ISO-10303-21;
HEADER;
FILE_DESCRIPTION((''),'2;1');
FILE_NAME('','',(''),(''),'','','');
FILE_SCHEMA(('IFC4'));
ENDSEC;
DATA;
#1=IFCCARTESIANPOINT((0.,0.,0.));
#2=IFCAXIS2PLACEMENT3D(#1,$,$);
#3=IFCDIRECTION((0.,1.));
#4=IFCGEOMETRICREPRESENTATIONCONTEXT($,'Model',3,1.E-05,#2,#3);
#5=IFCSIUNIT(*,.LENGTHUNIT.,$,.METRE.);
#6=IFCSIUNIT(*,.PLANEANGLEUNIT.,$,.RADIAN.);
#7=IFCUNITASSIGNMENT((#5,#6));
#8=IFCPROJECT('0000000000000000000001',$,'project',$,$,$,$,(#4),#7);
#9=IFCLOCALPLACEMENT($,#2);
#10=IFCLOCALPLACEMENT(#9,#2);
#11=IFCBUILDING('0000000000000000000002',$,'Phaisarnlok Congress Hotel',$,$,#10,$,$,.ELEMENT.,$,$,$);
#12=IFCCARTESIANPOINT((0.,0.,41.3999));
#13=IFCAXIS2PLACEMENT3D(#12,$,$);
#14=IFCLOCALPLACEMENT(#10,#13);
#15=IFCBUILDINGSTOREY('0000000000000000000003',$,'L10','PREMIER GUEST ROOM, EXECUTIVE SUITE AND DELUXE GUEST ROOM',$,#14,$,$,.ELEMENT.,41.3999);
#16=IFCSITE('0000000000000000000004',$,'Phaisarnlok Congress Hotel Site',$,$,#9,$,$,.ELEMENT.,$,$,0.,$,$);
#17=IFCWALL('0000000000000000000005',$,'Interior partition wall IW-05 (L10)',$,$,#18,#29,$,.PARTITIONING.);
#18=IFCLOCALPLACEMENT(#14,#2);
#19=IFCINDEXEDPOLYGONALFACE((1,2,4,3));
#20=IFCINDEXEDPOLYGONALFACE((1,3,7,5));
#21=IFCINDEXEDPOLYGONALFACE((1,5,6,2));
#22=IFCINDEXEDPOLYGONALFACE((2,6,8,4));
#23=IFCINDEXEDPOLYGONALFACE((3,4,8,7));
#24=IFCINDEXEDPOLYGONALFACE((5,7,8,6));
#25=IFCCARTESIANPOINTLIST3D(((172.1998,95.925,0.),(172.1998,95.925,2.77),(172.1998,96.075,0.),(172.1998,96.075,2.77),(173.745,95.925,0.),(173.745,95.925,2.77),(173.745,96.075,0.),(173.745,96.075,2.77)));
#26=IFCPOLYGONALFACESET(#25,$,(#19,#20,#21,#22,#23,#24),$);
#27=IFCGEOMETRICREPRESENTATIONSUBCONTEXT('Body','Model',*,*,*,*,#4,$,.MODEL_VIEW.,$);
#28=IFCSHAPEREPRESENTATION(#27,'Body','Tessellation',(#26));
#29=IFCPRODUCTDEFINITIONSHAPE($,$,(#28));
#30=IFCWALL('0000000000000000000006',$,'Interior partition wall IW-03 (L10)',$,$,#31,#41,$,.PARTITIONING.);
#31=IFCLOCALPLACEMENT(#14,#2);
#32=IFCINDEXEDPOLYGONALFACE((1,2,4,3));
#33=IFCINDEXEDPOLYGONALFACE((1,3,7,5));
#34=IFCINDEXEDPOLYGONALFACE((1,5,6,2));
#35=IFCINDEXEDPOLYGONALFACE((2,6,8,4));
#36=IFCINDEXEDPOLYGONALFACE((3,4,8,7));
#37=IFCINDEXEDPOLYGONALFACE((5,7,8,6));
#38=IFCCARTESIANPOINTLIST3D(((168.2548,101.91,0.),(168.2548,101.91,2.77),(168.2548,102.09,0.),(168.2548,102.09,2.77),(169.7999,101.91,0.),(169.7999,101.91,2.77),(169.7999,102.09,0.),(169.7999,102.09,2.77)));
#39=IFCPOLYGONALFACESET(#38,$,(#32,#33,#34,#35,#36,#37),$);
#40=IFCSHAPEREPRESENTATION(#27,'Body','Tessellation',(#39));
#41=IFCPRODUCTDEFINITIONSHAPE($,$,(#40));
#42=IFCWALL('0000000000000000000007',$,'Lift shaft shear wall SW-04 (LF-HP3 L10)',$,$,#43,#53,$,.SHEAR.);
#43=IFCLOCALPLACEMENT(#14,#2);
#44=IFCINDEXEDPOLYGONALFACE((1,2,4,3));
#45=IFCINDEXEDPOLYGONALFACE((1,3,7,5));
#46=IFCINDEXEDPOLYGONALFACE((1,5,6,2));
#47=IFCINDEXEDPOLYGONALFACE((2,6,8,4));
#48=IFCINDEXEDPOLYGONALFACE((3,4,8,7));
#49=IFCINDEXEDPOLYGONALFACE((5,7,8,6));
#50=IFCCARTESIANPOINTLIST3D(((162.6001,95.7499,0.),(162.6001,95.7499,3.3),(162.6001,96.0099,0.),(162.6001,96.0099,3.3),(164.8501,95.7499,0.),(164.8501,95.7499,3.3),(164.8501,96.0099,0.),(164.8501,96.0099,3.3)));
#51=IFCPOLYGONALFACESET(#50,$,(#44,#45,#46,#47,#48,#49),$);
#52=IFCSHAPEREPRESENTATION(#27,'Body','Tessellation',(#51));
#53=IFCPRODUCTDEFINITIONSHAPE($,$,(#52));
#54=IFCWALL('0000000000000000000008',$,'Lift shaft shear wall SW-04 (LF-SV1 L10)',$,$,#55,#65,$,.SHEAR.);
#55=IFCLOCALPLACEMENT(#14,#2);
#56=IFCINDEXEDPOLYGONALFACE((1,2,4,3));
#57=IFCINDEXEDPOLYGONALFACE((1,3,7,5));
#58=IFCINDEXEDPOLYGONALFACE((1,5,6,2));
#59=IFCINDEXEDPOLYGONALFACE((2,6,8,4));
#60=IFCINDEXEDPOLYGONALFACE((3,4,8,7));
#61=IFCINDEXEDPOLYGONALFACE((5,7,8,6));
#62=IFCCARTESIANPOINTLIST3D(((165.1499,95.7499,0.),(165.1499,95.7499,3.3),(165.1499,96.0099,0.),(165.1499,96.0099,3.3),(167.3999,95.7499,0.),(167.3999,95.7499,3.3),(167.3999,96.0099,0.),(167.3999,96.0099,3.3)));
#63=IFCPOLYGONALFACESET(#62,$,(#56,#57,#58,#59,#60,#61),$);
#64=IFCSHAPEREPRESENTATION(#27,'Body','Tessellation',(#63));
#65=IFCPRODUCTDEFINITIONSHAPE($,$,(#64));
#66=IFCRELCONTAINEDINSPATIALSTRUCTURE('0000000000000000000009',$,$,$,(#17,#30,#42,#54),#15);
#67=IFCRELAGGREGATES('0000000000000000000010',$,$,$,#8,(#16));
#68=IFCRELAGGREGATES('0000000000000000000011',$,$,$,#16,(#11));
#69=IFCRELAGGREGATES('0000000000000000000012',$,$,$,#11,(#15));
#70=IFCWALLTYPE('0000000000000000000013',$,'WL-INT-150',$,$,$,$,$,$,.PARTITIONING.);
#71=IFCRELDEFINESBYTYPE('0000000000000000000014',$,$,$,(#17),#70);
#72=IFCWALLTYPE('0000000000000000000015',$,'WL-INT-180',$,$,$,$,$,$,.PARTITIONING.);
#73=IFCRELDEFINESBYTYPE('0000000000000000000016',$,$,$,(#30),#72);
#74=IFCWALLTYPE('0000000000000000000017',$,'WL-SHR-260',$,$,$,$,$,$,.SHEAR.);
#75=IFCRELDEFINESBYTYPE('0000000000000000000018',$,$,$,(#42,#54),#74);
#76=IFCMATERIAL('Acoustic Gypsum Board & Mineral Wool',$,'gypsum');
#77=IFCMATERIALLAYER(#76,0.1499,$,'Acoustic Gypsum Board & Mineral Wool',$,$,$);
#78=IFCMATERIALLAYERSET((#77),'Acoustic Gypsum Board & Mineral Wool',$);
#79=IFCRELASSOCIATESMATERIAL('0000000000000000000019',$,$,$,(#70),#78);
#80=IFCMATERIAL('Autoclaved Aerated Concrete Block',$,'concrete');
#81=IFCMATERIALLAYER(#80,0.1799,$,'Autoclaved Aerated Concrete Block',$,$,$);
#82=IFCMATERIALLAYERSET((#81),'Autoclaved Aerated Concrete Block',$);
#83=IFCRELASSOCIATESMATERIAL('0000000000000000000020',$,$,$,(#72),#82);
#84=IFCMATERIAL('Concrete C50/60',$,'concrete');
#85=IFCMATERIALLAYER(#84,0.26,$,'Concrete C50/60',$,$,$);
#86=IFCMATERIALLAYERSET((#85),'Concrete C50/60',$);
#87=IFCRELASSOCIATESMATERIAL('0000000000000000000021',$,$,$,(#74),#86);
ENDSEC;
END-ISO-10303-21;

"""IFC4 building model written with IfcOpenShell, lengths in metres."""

from ifc_helpers import new_model, si_unit, direction, frame, frame_2d, origin, place, context, subcontext, project, spatial, rectangle, extrude, material, layer, layer_set, type_object, element, save


model = new_model("IFC4")

# Units and contexts
model_context = context("Model", 3, precision=1e-05, world=origin(), true_north=direction((0.0, 1.0)))
body_context = subcontext(model_context, "Body", "Model", "MODEL_VIEW")
ifc_project = project(units=[si_unit("LENGTHUNIT", "METRE"), si_unit("PLANEANGLEUNIT", "RADIAN")], contexts=[model_context])

# Site, building, storey
site_placement = place(None, origin())
site = spatial("IfcSite", under=ifc_project, at=site_placement, Name="Phaisarnlok Congress Hotel Site", CompositionType="ELEMENT", RefElevation=0.0)
building_placement = place(site_placement, origin())
building = spatial("IfcBuilding", under=site, at=building_placement, Name="Phaisarnlok Congress Hotel", CompositionType="ELEMENT")
storey_placement = place(building_placement, frame((0.0, 0.0, 41.3999)))
storey = spatial("IfcBuildingStorey", under=building, at=storey_placement, Name="L10", Description="PREMIER GUEST ROOM, EXECUTIVE SUITE AND DELUXE GUEST ROOM", CompositionType="ELEMENT", Elevation=41.3999)

# Shared definitions
ifc_material_1 = material(Name="Concrete C50/60", Category="concrete")

# Walls
ifc_material_2 = material(Name="Acoustic Gypsum Board & Mineral Wool", Category="gypsum")
ifc_layer_1 = layer(ifc_material_2, 0.1499, Name="Acoustic Gypsum Board & Mineral Wool")
ifc_layer_set_1 = layer_set([ifc_layer_1], Name="Acoustic Gypsum Board & Mineral Wool")
wall_type_1 = type_object("IfcWallType", Name="WL-INT-150", PredefinedType="PARTITIONING", material=ifc_layer_set_1)
wall_1_placement = place(storey_placement, frame((172.2, 96.0, 0.0), z_axis=(0.0, 0.0, 1.0), x_axis=(1.0, 0.0, 0.0)))
element("IfcWall", 1, at=wall_1_placement, inside=storey, type_object=wall_type_1, Name="Interior partition wall IW-05 (L10)", PredefinedType="PARTITIONING", context=body_context, shape_type="SweptSolid", body=[
    extrude(rectangle(XDim=1.5452, YDim=0.1499, at=frame_2d((0.7725, 0.0))), origin(), (0.0, 0.0, 1.0), 2.77),
])
ifc_material_3 = material(Name="Autoclaved Aerated Concrete Block", Category="concrete")
ifc_layer_2 = layer(ifc_material_3, 0.1799, Name="Autoclaved Aerated Concrete Block")
ifc_layer_set_2 = layer_set([ifc_layer_2], Name="Autoclaved Aerated Concrete Block")
wall_type_2 = type_object("IfcWallType", Name="WL-INT-180", PredefinedType="PARTITIONING", material=ifc_layer_set_2)
wall_2_placement = place(storey_placement, frame((168.2549, 102.0, 0.0), z_axis=(0.0, 0.0, 1.0), x_axis=(1.0, 0.0, 0.0)))
element("IfcWall", 2, at=wall_2_placement, inside=storey, type_object=wall_type_2, Name="Interior partition wall IW-03 (L10)", PredefinedType="PARTITIONING", context=body_context, shape_type="SweptSolid", body=[
    extrude(rectangle(XDim=1.5452, YDim=0.1799, at=frame_2d((0.7725, 0.0))), origin(), (0.0, 0.0, 1.0), 2.77),
])
ifc_layer_3 = layer(ifc_material_1, 0.26, Name="Concrete C50/60")
ifc_layer_set_3 = layer_set([ifc_layer_3], Name="Concrete C50/60")
wall_type_3 = type_object("IfcWallType", Name="WL-SHR-260", PredefinedType="SHEAR", material=ifc_layer_set_3)
for number, where, z_axis, x_axis, name in (
    (3, (162.6001, 95.8799, 0.0), (0.0, 0.0, 1.0), (1.0, 0.0, 0.0), "Lift shaft shear wall SW-04 (LF-HP3 L10)"),
    (4, (165.1499, 95.8799, 0.0), (0.0, 0.0, 1.0), (1.0, 0.0, 0.0), "Lift shaft shear wall SW-04 (LF-SV1 L10)"),
):
    element("IfcWall", number, at=place(storey_placement, frame(where, z_axis=z_axis, x_axis=x_axis)), inside=storey, type_object=wall_type_3, Name=name, PredefinedType="SHEAR", context=body_context, shape_type="SweptSolid", body=[
        extrude(rectangle(XDim=2.25, YDim=0.26, at=frame_2d((1.125, 0.0))), origin(), (0.0, 0.0, 1.0), 3.3),
    ])

save(model, "model.ifc")
